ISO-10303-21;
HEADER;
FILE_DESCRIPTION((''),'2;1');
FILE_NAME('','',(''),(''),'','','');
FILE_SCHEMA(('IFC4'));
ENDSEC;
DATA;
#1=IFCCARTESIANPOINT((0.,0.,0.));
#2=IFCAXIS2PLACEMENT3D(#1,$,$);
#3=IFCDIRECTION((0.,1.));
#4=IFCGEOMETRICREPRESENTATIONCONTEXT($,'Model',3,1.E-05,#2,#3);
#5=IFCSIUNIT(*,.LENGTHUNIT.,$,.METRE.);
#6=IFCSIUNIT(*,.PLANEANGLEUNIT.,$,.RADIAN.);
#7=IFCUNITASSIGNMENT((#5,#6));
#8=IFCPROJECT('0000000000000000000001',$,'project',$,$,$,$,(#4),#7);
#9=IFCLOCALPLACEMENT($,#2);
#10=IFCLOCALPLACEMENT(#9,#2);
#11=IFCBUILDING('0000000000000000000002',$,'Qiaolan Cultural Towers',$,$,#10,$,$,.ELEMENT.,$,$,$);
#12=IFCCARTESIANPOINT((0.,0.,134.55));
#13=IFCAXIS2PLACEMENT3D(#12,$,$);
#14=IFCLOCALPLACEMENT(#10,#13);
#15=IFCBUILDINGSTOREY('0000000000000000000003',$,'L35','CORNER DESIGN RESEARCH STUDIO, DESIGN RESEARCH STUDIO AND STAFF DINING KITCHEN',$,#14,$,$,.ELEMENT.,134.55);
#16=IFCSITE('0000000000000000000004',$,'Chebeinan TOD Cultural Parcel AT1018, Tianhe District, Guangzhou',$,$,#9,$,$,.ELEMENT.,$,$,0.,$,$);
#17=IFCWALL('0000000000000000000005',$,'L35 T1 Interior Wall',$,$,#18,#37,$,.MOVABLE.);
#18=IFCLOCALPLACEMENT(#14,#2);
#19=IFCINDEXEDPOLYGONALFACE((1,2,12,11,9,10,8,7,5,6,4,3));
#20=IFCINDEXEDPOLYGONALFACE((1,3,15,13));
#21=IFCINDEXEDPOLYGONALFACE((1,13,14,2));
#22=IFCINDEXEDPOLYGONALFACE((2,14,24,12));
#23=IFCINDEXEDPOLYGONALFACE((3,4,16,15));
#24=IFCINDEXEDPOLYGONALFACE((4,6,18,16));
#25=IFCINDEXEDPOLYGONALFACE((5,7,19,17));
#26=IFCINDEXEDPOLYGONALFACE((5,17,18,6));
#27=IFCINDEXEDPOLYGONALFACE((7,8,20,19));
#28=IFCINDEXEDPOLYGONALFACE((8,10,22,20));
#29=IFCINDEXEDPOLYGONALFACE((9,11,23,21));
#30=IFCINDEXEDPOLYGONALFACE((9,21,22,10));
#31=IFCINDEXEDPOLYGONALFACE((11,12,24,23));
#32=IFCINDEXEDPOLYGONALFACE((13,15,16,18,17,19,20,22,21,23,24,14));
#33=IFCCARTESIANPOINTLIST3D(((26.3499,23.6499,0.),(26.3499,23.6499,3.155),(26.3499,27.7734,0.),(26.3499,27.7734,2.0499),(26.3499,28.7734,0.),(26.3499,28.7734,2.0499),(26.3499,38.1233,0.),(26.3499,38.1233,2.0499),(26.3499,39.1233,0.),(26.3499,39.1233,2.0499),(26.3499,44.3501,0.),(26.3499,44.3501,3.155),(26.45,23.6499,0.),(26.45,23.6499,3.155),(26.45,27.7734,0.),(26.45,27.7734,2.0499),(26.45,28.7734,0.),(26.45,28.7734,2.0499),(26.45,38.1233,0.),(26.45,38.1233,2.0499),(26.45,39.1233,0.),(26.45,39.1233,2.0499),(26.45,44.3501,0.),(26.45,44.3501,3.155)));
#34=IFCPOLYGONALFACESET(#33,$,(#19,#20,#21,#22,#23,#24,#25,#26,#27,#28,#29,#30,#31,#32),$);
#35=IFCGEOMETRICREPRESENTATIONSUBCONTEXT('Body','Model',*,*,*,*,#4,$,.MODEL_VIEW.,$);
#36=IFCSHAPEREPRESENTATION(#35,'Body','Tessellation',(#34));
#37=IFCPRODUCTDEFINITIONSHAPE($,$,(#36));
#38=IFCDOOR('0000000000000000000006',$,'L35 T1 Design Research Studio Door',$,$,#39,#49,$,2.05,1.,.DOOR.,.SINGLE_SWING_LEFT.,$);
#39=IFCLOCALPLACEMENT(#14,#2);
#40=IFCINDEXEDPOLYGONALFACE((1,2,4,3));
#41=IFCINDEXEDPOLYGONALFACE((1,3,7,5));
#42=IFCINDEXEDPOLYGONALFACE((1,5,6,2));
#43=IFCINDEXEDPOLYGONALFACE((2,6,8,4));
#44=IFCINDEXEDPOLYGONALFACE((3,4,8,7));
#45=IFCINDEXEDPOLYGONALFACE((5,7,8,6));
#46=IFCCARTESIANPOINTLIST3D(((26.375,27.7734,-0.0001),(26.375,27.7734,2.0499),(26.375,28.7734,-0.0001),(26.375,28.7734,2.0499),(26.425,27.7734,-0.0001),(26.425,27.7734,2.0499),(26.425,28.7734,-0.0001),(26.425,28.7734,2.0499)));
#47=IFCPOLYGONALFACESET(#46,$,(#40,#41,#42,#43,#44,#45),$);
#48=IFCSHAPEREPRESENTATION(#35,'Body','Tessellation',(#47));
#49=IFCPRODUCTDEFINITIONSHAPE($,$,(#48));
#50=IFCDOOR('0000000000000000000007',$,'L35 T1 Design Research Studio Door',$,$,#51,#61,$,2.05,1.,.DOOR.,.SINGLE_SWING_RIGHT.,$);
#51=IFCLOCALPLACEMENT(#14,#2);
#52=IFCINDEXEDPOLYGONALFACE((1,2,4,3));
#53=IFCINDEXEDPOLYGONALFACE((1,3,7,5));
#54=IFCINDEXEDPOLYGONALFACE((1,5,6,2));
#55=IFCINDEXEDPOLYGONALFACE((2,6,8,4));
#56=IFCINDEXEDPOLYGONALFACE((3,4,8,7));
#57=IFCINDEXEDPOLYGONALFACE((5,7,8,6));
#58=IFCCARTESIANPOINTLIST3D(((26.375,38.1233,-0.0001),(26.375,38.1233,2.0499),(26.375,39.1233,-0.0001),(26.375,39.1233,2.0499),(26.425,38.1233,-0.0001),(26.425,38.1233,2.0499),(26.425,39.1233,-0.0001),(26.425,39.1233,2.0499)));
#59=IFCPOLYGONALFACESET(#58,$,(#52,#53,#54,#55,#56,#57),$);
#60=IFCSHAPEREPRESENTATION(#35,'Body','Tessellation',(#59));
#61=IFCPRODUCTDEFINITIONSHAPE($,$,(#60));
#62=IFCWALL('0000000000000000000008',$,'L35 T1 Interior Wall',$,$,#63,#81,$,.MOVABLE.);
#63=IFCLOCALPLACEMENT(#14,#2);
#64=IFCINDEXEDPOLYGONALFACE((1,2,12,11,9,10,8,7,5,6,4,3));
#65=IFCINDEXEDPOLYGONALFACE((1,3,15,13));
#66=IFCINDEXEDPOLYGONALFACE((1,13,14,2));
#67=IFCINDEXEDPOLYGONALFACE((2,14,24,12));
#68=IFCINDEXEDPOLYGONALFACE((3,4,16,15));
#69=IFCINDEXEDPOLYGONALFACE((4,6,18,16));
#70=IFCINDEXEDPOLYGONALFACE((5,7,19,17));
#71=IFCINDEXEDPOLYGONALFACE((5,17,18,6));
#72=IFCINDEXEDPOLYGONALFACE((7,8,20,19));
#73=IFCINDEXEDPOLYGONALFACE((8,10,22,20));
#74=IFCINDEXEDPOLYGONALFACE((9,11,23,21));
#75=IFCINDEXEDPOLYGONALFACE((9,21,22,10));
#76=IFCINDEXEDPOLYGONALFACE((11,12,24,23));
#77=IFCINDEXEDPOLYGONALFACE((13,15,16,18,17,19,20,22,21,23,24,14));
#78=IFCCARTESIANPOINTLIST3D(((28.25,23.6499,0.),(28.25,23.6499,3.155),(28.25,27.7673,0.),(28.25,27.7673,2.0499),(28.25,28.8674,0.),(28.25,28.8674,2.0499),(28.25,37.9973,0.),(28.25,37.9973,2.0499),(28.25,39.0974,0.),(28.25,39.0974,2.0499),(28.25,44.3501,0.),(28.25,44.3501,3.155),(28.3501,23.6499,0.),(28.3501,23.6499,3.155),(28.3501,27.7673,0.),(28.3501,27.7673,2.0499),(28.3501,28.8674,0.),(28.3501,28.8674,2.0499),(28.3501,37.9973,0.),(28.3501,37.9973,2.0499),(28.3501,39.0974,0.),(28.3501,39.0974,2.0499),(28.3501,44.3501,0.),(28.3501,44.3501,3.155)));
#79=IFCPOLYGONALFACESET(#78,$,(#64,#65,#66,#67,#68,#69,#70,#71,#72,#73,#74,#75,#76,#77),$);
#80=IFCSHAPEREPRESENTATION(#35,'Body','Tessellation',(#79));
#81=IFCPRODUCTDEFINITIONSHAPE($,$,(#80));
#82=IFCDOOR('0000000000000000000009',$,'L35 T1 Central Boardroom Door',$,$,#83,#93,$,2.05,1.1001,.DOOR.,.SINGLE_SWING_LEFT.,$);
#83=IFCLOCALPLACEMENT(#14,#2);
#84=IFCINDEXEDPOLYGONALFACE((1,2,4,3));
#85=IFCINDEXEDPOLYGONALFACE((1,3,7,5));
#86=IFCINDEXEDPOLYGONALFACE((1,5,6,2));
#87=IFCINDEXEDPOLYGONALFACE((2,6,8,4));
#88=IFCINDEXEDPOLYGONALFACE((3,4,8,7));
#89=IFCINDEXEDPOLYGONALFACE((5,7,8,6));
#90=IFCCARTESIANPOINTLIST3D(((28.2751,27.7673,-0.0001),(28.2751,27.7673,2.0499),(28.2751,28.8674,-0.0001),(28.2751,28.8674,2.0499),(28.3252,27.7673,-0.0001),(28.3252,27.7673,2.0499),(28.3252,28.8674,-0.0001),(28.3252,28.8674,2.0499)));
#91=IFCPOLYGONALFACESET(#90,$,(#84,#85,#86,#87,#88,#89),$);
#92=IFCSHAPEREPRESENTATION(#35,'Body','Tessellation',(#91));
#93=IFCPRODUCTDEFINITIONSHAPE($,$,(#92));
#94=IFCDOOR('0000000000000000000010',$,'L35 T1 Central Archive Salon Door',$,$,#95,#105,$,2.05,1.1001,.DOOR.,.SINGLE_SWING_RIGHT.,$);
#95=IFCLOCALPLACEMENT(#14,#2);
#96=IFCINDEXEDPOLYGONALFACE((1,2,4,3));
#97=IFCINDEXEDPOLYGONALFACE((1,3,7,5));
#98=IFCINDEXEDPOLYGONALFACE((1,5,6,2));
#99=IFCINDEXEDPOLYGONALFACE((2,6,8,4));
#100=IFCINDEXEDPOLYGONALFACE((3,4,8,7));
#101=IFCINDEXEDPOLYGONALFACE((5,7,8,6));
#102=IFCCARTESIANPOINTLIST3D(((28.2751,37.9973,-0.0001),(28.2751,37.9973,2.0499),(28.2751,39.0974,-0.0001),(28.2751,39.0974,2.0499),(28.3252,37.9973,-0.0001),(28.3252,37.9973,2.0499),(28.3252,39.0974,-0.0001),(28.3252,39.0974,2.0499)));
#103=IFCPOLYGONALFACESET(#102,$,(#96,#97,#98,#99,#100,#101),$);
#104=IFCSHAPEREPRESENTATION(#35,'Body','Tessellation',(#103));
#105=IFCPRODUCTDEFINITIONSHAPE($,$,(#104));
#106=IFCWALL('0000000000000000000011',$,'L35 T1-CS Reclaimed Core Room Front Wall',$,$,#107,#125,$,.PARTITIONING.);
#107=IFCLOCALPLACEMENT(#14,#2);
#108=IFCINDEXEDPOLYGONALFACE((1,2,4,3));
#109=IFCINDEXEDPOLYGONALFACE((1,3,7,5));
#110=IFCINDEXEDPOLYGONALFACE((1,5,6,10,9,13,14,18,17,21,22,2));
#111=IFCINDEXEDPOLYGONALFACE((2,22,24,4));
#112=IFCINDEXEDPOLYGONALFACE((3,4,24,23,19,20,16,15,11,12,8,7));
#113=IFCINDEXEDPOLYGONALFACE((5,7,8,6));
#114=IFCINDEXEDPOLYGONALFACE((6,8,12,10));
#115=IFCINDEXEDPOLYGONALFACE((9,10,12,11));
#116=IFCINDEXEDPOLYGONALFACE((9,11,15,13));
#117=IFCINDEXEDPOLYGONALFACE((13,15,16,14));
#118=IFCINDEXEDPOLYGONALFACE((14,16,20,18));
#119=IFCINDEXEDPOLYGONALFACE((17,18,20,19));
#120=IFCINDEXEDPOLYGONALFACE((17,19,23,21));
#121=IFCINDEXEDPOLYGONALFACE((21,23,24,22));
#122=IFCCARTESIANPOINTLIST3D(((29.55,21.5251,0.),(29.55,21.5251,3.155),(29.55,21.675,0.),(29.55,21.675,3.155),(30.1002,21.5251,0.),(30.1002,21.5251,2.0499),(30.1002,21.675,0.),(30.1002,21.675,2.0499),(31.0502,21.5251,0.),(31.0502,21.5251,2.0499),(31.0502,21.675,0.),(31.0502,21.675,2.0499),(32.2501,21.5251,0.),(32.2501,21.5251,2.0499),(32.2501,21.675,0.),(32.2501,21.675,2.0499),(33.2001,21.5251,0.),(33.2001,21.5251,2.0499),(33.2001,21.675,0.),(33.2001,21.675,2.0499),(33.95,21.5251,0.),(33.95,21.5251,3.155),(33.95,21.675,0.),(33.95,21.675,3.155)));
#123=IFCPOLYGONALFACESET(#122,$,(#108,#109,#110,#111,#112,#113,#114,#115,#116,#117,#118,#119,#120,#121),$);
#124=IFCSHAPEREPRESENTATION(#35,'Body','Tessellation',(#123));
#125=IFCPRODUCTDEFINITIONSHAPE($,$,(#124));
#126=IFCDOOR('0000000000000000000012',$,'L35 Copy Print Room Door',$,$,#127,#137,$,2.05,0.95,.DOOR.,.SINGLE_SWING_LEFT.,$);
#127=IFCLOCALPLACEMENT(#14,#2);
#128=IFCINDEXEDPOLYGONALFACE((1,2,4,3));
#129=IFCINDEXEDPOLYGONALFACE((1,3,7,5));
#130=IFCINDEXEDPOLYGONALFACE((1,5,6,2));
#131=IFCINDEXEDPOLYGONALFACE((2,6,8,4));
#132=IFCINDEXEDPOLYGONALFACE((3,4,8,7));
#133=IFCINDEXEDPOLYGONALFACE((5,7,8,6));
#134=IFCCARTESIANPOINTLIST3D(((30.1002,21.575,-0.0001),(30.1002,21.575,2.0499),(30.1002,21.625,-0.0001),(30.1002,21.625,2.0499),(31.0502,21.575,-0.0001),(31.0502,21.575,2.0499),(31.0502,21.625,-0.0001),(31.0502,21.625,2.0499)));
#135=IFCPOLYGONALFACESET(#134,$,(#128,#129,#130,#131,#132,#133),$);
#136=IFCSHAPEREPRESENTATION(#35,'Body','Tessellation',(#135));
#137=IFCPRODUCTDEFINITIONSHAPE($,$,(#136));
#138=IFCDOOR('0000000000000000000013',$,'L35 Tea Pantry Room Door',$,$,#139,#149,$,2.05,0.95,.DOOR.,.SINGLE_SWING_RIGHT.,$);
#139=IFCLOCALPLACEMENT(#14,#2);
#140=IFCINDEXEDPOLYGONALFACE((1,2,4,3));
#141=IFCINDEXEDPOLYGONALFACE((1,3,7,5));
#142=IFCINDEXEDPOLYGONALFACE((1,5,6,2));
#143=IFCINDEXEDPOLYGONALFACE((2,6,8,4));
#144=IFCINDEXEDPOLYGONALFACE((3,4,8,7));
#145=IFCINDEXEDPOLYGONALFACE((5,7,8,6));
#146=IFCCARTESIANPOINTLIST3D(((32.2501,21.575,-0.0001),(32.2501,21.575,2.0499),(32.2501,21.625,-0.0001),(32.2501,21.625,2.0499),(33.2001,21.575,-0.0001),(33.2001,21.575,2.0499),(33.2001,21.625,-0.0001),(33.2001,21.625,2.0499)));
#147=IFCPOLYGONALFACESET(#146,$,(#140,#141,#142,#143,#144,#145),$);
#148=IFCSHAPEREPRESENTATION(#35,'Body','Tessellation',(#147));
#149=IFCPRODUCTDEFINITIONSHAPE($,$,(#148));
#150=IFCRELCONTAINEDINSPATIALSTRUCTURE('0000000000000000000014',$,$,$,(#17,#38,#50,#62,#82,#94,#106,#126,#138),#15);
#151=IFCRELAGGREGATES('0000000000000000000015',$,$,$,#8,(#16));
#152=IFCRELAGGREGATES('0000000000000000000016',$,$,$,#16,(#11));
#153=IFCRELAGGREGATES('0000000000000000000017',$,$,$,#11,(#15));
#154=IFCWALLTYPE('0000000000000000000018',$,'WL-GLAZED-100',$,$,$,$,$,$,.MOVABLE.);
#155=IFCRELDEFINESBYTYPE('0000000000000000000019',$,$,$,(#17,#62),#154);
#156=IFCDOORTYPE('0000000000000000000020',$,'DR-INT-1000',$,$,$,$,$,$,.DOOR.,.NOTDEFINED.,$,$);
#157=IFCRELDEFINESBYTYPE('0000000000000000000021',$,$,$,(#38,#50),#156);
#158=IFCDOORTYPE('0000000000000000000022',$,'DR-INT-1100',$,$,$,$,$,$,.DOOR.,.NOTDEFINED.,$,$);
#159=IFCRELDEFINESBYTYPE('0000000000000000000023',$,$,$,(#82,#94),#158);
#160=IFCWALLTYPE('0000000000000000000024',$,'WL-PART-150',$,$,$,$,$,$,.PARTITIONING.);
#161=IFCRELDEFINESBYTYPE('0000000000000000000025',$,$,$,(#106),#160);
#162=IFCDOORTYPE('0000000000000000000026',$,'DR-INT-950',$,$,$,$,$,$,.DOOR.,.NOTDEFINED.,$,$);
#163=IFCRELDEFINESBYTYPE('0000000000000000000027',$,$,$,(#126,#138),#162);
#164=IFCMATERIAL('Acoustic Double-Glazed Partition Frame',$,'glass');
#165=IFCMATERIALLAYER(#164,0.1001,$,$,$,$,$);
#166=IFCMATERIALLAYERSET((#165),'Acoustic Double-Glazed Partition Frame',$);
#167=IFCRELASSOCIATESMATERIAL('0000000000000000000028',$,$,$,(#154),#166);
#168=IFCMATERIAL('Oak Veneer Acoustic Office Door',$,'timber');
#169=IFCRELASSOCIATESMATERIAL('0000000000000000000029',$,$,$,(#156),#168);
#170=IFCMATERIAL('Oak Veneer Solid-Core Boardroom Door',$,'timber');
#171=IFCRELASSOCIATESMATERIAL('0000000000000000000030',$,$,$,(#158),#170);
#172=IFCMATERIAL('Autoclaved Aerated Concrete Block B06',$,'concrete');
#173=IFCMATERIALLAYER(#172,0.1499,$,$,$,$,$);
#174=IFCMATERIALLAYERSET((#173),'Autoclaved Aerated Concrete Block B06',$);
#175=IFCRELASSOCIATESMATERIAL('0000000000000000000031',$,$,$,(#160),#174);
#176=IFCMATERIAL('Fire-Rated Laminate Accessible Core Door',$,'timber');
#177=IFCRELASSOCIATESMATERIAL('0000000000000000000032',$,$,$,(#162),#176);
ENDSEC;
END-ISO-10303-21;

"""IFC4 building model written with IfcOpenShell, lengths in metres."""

from ifc_helpers import new_model, si_unit, direction, frame, frame_2d, origin, place, context, subcontext, project, spatial, rectangle, extrude, material, layer, layer_set, type_object, element, fill, save


model = new_model("IFC4")

# Units and contexts
model_context = context("Model", 3, precision=1e-05, world=origin(), true_north=direction((0.0, 1.0)))
body_context = subcontext(model_context, "Body", "Model", "MODEL_VIEW")
ifc_project = project(units=[si_unit("LENGTHUNIT", "METRE"), si_unit("PLANEANGLEUNIT", "RADIAN")], contexts=[model_context])

# Site, building, storey
site_placement = place(None, origin())
site = spatial("IfcSite", under=ifc_project, at=site_placement, Name="Chebeinan TOD Cultural Parcel AT1018, Tianhe District, Guangzhou", CompositionType="ELEMENT", RefElevation=0.0)
building_placement = place(site_placement, origin())
building = spatial("IfcBuilding", under=site, at=building_placement, Name="Qiaolan Cultural Towers", CompositionType="ELEMENT")
storey_placement = place(building_placement, frame((0.0, 0.0, 134.55)))
storey = spatial("IfcBuildingStorey", under=building, at=storey_placement, Name="L35", Description="CORNER DESIGN RESEARCH STUDIO, DESIGN RESEARCH STUDIO AND STAFF DINING KITCHEN", CompositionType="ELEMENT", Elevation=134.55)

# Shared definitions
ifc_material_1 = material(Name="Acoustic Double-Glazed Partition Frame", Category="glass")
ifc_layer_1 = layer(ifc_material_1, 0.1001)
ifc_layer_set_1 = layer_set([ifc_layer_1], Name="Acoustic Double-Glazed Partition Frame")
wall_type_1 = type_object("IfcWallType", Name="WL-GLAZED-100", PredefinedType="MOVABLE", material=ifc_layer_set_1)

# Walls, openings, doors
wall_1_placement = place(storey_placement, frame((26.3999, 23.6499, 0.0), z_axis=(0.0, 0.0, 1.0), x_axis=(0.0, 1.0, 0.0)))
wall_1 = element("IfcWall", 1, at=wall_1_placement, inside=storey, type_object=wall_type_1, Name="L35 T1 Interior Wall", PredefinedType="MOVABLE", context=body_context, shape_type="SweptSolid", body=[
    extrude(rectangle(XDim=20.7002, YDim=0.1001, at=frame_2d((10.3501, 0.0))), origin(), (0.0, 0.0, 1.0), 3.155),
])
opening_1_placement = place(wall_1_placement, frame((4.1235, 0.0, 0.0)))
opening_1 = element("IfcOpeningElement", 2, at=opening_1_placement, cuts=wall_1, PredefinedType="OPENING", context=body_context, shape_type="SweptSolid", body=[
    extrude(rectangle(XDim=1.0, YDim=2.05, at=frame_2d((0.5, 1.0249))), frame((0.0, 0.0601, 0.0), z_axis=(0.0, -1.0, 0.0), x_axis=(1.0, 0.0, 0.0)), (0.0, 0.0, 1.0), 0.1201),
])
opening_2_placement = place(wall_1_placement, frame((14.4734, 0.0, 0.0)))
opening_2 = element("IfcOpeningElement", 3, at=opening_2_placement, cuts=wall_1, PredefinedType="OPENING", context=body_context, shape_type="SweptSolid", body=[
    extrude(rectangle(XDim=1.0, YDim=2.05, at=frame_2d((0.5, 1.0249))), frame((0.0, 0.0601, 0.0), z_axis=(0.0, -1.0, 0.0), x_axis=(1.0, 0.0, 0.0)), (0.0, 0.0, 1.0), 0.1201),
])
ifc_material_2 = material(Name="Oak Veneer Acoustic Office Door", Category="timber")
door_type_1 = type_object("IfcDoorType", Name="DR-INT-1000", OperationType="NOTDEFINED", PredefinedType="DOOR", material=ifc_material_2)
door_1_placement = place(opening_1_placement, origin())
door_1 = element("IfcDoor", 4, at=door_1_placement, inside=storey, type_object=door_type_1, Name="L35 T1 Design Research Studio Door", OperationType="SINGLE_SWING_LEFT", OverallHeight=2.05, OverallWidth=1.0, PredefinedType="DOOR", context=body_context, shape_type="SweptSolid", body=[
    extrude(rectangle(XDim=1.0, YDim=2.05, at=frame_2d((0.5, 1.0249))), frame((0.0, 0.0249, 0.0), z_axis=(0.0, -1.0, 0.0), x_axis=(1.0, 0.0, 0.0)), (0.0, 0.0, 1.0), 0.05),
])
fill(opening_1, door_1)
door_2_placement = place(opening_2_placement, origin())
door_2 = element("IfcDoor", 5, at=door_2_placement, inside=storey, type_object=door_type_1, Name="L35 T1 Design Research Studio Door", OperationType="SINGLE_SWING_RIGHT", OverallHeight=2.05, OverallWidth=1.0, PredefinedType="DOOR", context=body_context, shape_type="SweptSolid", body=[
    extrude(rectangle(XDim=1.0, YDim=2.05, at=frame_2d((0.5, 1.0249))), frame((0.0, 0.0249, 0.0), z_axis=(0.0, -1.0, 0.0), x_axis=(1.0, 0.0, 0.0)), (0.0, 0.0, 1.0), 0.05),
])
fill(opening_2, door_2)
wall_2_placement = place(storey_placement, frame((28.3, 23.6499, 0.0), z_axis=(0.0, 0.0, 1.0), x_axis=(0.0, 1.0, 0.0)))
wall_2 = element("IfcWall", 6, at=wall_2_placement, inside=storey, type_object=wall_type_1, Name="L35 T1 Interior Wall", PredefinedType="MOVABLE", context=body_context, shape_type="SweptSolid", body=[
    extrude(rectangle(XDim=20.7002, YDim=0.1001, at=frame_2d((10.3501, 0.0))), origin(), (0.0, 0.0, 1.0), 3.155),
])
opening_3_placement = place(wall_2_placement, frame((4.1174, 0.0, 0.0)))
opening_3 = element("IfcOpeningElement", 7, at=opening_3_placement, cuts=wall_2, PredefinedType="OPENING", context=body_context, shape_type="SweptSolid", body=[
    extrude(rectangle(XDim=1.1001, YDim=2.05, at=frame_2d((0.55, 1.0249))), frame((0.0, 0.0601, 0.0), z_axis=(0.0, -1.0, 0.0), x_axis=(1.0, 0.0, 0.0)), (0.0, 0.0, 1.0), 0.1201),
])
opening_4_placement = place(wall_2_placement, frame((14.3474, 0.0, 0.0)))
opening_4 = element("IfcOpeningElement", 8, at=opening_4_placement, cuts=wall_2, PredefinedType="OPENING", context=body_context, shape_type="SweptSolid", body=[
    extrude(rectangle(XDim=1.1001, YDim=2.05, at=frame_2d((0.55, 1.0249))), frame((0.0, 0.0601, 0.0), z_axis=(0.0, -1.0, 0.0), x_axis=(1.0, 0.0, 0.0)), (0.0, 0.0, 1.0), 0.1201),
])
ifc_material_3 = material(Name="Oak Veneer Solid-Core Boardroom Door", Category="timber")
door_type_2 = type_object("IfcDoorType", Name="DR-INT-1100", OperationType="NOTDEFINED", PredefinedType="DOOR", material=ifc_material_3)
door_3_placement = place(opening_3_placement, origin())
door_3 = element("IfcDoor", 9, at=door_3_placement, inside=storey, type_object=door_type_2, Name="L35 T1 Central Boardroom Door", OperationType="SINGLE_SWING_LEFT", OverallHeight=2.05, OverallWidth=1.1001, PredefinedType="DOOR", context=body_context, shape_type="SweptSolid", body=[
    extrude(rectangle(XDim=1.1001, YDim=2.05, at=frame_2d((0.55, 1.0249))), frame((0.0, 0.0249, 0.0), z_axis=(0.0, -1.0, 0.0), x_axis=(1.0, 0.0, 0.0)), (0.0, 0.0, 1.0), 0.05),
])
fill(opening_3, door_3)
door_4_placement = place(opening_4_placement, origin())
door_4 = element("IfcDoor", 10, at=door_4_placement, inside=storey, type_object=door_type_2, Name="L35 T1 Central Archive Salon Door", OperationType="SINGLE_SWING_RIGHT", OverallHeight=2.05, OverallWidth=1.1001, PredefinedType="DOOR", context=body_context, shape_type="SweptSolid", body=[
    extrude(rectangle(XDim=1.1001, YDim=2.05, at=frame_2d((0.55, 1.0249))), frame((0.0, 0.0249, 0.0), z_axis=(0.0, -1.0, 0.0), x_axis=(1.0, 0.0, 0.0)), (0.0, 0.0, 1.0), 0.05),
])
fill(opening_4, door_4)
ifc_material_4 = material(Name="Autoclaved Aerated Concrete Block B06", Category="concrete")
ifc_layer_2 = layer(ifc_material_4, 0.1499)
ifc_layer_set_2 = layer_set([ifc_layer_2], Name="Autoclaved Aerated Concrete Block B06")
wall_type_2 = type_object("IfcWallType", Name="WL-PART-150", PredefinedType="PARTITIONING", material=ifc_layer_set_2)
wall_3_placement = place(storey_placement, frame((29.55, 21.6001, 0.0), z_axis=(0.0, 0.0, 1.0), x_axis=(1.0, 0.0, 0.0)))
wall_3 = element("IfcWall", 11, at=wall_3_placement, inside=storey, type_object=wall_type_2, Name="L35 T1-CS Reclaimed Core Room Front Wall", PredefinedType="PARTITIONING", context=body_context, shape_type="SweptSolid", body=[
    extrude(rectangle(XDim=4.3999, YDim=0.1499, at=frame_2d((2.2, 0.0))), origin(), (0.0, 0.0, 1.0), 3.155),
])
opening_5_placement = place(wall_3_placement, frame((0.55, 0.0, 0.0)))
opening_5 = element("IfcOpeningElement", 12, at=opening_5_placement, cuts=wall_3, PredefinedType="OPENING", context=body_context, shape_type="SweptSolid", body=[
    extrude(rectangle(XDim=0.95, YDim=2.05, at=frame_2d((0.4751, 1.0249))), frame((0.0, 0.085, 0.0), z_axis=(0.0, -1.0, 0.0), x_axis=(1.0, 0.0, 0.0)), (0.0, 0.0, 1.0), 0.1699),
])
opening_6_placement = place(wall_3_placement, frame((2.7, 0.0, 0.0)))
opening_6 = element("IfcOpeningElement", 13, at=opening_6_placement, cuts=wall_3, PredefinedType="OPENING", context=body_context, shape_type="SweptSolid", body=[
    extrude(rectangle(XDim=0.95, YDim=2.05, at=frame_2d((0.4751, 1.0249))), frame((0.0, 0.085, 0.0), z_axis=(0.0, -1.0, 0.0), x_axis=(1.0, 0.0, 0.0)), (0.0, 0.0, 1.0), 0.1699),
])
ifc_material_5 = material(Name="Fire-Rated Laminate Accessible Core Door", Category="timber")
door_type_3 = type_object("IfcDoorType", Name="DR-INT-950", OperationType="NOTDEFINED", PredefinedType="DOOR", material=ifc_material_5)
door_5_placement = place(opening_5_placement, origin())
door_5 = element("IfcDoor", 14, at=door_5_placement, inside=storey, type_object=door_type_3, Name="L35 Copy Print Room Door", OperationType="SINGLE_SWING_LEFT", OverallHeight=2.05, OverallWidth=0.95, PredefinedType="DOOR", context=body_context, shape_type="SweptSolid", body=[
    extrude(rectangle(XDim=0.95, YDim=2.05, at=frame_2d((0.4751, 1.0249))), frame((0.0, 0.0249, 0.0), z_axis=(0.0, -1.0, 0.0), x_axis=(1.0, 0.0, 0.0)), (0.0, 0.0, 1.0), 0.05),
])
fill(opening_5, door_5)
door_6_placement = place(opening_6_placement, origin())
door_6 = element("IfcDoor", 15, at=door_6_placement, inside=storey, type_object=door_type_3, Name="L35 Tea Pantry Room Door", OperationType="SINGLE_SWING_RIGHT", OverallHeight=2.05, OverallWidth=0.95, PredefinedType="DOOR", context=body_context, shape_type="SweptSolid", body=[
    extrude(rectangle(XDim=0.95, YDim=2.05, at=frame_2d((0.4751, 1.0249))), frame((0.0, 0.0249, 0.0), z_axis=(0.0, -1.0, 0.0), x_axis=(1.0, 0.0, 0.0)), (0.0, 0.0, 1.0), 0.05),
])
fill(opening_6, door_6)

save(model, "model.ifc")
